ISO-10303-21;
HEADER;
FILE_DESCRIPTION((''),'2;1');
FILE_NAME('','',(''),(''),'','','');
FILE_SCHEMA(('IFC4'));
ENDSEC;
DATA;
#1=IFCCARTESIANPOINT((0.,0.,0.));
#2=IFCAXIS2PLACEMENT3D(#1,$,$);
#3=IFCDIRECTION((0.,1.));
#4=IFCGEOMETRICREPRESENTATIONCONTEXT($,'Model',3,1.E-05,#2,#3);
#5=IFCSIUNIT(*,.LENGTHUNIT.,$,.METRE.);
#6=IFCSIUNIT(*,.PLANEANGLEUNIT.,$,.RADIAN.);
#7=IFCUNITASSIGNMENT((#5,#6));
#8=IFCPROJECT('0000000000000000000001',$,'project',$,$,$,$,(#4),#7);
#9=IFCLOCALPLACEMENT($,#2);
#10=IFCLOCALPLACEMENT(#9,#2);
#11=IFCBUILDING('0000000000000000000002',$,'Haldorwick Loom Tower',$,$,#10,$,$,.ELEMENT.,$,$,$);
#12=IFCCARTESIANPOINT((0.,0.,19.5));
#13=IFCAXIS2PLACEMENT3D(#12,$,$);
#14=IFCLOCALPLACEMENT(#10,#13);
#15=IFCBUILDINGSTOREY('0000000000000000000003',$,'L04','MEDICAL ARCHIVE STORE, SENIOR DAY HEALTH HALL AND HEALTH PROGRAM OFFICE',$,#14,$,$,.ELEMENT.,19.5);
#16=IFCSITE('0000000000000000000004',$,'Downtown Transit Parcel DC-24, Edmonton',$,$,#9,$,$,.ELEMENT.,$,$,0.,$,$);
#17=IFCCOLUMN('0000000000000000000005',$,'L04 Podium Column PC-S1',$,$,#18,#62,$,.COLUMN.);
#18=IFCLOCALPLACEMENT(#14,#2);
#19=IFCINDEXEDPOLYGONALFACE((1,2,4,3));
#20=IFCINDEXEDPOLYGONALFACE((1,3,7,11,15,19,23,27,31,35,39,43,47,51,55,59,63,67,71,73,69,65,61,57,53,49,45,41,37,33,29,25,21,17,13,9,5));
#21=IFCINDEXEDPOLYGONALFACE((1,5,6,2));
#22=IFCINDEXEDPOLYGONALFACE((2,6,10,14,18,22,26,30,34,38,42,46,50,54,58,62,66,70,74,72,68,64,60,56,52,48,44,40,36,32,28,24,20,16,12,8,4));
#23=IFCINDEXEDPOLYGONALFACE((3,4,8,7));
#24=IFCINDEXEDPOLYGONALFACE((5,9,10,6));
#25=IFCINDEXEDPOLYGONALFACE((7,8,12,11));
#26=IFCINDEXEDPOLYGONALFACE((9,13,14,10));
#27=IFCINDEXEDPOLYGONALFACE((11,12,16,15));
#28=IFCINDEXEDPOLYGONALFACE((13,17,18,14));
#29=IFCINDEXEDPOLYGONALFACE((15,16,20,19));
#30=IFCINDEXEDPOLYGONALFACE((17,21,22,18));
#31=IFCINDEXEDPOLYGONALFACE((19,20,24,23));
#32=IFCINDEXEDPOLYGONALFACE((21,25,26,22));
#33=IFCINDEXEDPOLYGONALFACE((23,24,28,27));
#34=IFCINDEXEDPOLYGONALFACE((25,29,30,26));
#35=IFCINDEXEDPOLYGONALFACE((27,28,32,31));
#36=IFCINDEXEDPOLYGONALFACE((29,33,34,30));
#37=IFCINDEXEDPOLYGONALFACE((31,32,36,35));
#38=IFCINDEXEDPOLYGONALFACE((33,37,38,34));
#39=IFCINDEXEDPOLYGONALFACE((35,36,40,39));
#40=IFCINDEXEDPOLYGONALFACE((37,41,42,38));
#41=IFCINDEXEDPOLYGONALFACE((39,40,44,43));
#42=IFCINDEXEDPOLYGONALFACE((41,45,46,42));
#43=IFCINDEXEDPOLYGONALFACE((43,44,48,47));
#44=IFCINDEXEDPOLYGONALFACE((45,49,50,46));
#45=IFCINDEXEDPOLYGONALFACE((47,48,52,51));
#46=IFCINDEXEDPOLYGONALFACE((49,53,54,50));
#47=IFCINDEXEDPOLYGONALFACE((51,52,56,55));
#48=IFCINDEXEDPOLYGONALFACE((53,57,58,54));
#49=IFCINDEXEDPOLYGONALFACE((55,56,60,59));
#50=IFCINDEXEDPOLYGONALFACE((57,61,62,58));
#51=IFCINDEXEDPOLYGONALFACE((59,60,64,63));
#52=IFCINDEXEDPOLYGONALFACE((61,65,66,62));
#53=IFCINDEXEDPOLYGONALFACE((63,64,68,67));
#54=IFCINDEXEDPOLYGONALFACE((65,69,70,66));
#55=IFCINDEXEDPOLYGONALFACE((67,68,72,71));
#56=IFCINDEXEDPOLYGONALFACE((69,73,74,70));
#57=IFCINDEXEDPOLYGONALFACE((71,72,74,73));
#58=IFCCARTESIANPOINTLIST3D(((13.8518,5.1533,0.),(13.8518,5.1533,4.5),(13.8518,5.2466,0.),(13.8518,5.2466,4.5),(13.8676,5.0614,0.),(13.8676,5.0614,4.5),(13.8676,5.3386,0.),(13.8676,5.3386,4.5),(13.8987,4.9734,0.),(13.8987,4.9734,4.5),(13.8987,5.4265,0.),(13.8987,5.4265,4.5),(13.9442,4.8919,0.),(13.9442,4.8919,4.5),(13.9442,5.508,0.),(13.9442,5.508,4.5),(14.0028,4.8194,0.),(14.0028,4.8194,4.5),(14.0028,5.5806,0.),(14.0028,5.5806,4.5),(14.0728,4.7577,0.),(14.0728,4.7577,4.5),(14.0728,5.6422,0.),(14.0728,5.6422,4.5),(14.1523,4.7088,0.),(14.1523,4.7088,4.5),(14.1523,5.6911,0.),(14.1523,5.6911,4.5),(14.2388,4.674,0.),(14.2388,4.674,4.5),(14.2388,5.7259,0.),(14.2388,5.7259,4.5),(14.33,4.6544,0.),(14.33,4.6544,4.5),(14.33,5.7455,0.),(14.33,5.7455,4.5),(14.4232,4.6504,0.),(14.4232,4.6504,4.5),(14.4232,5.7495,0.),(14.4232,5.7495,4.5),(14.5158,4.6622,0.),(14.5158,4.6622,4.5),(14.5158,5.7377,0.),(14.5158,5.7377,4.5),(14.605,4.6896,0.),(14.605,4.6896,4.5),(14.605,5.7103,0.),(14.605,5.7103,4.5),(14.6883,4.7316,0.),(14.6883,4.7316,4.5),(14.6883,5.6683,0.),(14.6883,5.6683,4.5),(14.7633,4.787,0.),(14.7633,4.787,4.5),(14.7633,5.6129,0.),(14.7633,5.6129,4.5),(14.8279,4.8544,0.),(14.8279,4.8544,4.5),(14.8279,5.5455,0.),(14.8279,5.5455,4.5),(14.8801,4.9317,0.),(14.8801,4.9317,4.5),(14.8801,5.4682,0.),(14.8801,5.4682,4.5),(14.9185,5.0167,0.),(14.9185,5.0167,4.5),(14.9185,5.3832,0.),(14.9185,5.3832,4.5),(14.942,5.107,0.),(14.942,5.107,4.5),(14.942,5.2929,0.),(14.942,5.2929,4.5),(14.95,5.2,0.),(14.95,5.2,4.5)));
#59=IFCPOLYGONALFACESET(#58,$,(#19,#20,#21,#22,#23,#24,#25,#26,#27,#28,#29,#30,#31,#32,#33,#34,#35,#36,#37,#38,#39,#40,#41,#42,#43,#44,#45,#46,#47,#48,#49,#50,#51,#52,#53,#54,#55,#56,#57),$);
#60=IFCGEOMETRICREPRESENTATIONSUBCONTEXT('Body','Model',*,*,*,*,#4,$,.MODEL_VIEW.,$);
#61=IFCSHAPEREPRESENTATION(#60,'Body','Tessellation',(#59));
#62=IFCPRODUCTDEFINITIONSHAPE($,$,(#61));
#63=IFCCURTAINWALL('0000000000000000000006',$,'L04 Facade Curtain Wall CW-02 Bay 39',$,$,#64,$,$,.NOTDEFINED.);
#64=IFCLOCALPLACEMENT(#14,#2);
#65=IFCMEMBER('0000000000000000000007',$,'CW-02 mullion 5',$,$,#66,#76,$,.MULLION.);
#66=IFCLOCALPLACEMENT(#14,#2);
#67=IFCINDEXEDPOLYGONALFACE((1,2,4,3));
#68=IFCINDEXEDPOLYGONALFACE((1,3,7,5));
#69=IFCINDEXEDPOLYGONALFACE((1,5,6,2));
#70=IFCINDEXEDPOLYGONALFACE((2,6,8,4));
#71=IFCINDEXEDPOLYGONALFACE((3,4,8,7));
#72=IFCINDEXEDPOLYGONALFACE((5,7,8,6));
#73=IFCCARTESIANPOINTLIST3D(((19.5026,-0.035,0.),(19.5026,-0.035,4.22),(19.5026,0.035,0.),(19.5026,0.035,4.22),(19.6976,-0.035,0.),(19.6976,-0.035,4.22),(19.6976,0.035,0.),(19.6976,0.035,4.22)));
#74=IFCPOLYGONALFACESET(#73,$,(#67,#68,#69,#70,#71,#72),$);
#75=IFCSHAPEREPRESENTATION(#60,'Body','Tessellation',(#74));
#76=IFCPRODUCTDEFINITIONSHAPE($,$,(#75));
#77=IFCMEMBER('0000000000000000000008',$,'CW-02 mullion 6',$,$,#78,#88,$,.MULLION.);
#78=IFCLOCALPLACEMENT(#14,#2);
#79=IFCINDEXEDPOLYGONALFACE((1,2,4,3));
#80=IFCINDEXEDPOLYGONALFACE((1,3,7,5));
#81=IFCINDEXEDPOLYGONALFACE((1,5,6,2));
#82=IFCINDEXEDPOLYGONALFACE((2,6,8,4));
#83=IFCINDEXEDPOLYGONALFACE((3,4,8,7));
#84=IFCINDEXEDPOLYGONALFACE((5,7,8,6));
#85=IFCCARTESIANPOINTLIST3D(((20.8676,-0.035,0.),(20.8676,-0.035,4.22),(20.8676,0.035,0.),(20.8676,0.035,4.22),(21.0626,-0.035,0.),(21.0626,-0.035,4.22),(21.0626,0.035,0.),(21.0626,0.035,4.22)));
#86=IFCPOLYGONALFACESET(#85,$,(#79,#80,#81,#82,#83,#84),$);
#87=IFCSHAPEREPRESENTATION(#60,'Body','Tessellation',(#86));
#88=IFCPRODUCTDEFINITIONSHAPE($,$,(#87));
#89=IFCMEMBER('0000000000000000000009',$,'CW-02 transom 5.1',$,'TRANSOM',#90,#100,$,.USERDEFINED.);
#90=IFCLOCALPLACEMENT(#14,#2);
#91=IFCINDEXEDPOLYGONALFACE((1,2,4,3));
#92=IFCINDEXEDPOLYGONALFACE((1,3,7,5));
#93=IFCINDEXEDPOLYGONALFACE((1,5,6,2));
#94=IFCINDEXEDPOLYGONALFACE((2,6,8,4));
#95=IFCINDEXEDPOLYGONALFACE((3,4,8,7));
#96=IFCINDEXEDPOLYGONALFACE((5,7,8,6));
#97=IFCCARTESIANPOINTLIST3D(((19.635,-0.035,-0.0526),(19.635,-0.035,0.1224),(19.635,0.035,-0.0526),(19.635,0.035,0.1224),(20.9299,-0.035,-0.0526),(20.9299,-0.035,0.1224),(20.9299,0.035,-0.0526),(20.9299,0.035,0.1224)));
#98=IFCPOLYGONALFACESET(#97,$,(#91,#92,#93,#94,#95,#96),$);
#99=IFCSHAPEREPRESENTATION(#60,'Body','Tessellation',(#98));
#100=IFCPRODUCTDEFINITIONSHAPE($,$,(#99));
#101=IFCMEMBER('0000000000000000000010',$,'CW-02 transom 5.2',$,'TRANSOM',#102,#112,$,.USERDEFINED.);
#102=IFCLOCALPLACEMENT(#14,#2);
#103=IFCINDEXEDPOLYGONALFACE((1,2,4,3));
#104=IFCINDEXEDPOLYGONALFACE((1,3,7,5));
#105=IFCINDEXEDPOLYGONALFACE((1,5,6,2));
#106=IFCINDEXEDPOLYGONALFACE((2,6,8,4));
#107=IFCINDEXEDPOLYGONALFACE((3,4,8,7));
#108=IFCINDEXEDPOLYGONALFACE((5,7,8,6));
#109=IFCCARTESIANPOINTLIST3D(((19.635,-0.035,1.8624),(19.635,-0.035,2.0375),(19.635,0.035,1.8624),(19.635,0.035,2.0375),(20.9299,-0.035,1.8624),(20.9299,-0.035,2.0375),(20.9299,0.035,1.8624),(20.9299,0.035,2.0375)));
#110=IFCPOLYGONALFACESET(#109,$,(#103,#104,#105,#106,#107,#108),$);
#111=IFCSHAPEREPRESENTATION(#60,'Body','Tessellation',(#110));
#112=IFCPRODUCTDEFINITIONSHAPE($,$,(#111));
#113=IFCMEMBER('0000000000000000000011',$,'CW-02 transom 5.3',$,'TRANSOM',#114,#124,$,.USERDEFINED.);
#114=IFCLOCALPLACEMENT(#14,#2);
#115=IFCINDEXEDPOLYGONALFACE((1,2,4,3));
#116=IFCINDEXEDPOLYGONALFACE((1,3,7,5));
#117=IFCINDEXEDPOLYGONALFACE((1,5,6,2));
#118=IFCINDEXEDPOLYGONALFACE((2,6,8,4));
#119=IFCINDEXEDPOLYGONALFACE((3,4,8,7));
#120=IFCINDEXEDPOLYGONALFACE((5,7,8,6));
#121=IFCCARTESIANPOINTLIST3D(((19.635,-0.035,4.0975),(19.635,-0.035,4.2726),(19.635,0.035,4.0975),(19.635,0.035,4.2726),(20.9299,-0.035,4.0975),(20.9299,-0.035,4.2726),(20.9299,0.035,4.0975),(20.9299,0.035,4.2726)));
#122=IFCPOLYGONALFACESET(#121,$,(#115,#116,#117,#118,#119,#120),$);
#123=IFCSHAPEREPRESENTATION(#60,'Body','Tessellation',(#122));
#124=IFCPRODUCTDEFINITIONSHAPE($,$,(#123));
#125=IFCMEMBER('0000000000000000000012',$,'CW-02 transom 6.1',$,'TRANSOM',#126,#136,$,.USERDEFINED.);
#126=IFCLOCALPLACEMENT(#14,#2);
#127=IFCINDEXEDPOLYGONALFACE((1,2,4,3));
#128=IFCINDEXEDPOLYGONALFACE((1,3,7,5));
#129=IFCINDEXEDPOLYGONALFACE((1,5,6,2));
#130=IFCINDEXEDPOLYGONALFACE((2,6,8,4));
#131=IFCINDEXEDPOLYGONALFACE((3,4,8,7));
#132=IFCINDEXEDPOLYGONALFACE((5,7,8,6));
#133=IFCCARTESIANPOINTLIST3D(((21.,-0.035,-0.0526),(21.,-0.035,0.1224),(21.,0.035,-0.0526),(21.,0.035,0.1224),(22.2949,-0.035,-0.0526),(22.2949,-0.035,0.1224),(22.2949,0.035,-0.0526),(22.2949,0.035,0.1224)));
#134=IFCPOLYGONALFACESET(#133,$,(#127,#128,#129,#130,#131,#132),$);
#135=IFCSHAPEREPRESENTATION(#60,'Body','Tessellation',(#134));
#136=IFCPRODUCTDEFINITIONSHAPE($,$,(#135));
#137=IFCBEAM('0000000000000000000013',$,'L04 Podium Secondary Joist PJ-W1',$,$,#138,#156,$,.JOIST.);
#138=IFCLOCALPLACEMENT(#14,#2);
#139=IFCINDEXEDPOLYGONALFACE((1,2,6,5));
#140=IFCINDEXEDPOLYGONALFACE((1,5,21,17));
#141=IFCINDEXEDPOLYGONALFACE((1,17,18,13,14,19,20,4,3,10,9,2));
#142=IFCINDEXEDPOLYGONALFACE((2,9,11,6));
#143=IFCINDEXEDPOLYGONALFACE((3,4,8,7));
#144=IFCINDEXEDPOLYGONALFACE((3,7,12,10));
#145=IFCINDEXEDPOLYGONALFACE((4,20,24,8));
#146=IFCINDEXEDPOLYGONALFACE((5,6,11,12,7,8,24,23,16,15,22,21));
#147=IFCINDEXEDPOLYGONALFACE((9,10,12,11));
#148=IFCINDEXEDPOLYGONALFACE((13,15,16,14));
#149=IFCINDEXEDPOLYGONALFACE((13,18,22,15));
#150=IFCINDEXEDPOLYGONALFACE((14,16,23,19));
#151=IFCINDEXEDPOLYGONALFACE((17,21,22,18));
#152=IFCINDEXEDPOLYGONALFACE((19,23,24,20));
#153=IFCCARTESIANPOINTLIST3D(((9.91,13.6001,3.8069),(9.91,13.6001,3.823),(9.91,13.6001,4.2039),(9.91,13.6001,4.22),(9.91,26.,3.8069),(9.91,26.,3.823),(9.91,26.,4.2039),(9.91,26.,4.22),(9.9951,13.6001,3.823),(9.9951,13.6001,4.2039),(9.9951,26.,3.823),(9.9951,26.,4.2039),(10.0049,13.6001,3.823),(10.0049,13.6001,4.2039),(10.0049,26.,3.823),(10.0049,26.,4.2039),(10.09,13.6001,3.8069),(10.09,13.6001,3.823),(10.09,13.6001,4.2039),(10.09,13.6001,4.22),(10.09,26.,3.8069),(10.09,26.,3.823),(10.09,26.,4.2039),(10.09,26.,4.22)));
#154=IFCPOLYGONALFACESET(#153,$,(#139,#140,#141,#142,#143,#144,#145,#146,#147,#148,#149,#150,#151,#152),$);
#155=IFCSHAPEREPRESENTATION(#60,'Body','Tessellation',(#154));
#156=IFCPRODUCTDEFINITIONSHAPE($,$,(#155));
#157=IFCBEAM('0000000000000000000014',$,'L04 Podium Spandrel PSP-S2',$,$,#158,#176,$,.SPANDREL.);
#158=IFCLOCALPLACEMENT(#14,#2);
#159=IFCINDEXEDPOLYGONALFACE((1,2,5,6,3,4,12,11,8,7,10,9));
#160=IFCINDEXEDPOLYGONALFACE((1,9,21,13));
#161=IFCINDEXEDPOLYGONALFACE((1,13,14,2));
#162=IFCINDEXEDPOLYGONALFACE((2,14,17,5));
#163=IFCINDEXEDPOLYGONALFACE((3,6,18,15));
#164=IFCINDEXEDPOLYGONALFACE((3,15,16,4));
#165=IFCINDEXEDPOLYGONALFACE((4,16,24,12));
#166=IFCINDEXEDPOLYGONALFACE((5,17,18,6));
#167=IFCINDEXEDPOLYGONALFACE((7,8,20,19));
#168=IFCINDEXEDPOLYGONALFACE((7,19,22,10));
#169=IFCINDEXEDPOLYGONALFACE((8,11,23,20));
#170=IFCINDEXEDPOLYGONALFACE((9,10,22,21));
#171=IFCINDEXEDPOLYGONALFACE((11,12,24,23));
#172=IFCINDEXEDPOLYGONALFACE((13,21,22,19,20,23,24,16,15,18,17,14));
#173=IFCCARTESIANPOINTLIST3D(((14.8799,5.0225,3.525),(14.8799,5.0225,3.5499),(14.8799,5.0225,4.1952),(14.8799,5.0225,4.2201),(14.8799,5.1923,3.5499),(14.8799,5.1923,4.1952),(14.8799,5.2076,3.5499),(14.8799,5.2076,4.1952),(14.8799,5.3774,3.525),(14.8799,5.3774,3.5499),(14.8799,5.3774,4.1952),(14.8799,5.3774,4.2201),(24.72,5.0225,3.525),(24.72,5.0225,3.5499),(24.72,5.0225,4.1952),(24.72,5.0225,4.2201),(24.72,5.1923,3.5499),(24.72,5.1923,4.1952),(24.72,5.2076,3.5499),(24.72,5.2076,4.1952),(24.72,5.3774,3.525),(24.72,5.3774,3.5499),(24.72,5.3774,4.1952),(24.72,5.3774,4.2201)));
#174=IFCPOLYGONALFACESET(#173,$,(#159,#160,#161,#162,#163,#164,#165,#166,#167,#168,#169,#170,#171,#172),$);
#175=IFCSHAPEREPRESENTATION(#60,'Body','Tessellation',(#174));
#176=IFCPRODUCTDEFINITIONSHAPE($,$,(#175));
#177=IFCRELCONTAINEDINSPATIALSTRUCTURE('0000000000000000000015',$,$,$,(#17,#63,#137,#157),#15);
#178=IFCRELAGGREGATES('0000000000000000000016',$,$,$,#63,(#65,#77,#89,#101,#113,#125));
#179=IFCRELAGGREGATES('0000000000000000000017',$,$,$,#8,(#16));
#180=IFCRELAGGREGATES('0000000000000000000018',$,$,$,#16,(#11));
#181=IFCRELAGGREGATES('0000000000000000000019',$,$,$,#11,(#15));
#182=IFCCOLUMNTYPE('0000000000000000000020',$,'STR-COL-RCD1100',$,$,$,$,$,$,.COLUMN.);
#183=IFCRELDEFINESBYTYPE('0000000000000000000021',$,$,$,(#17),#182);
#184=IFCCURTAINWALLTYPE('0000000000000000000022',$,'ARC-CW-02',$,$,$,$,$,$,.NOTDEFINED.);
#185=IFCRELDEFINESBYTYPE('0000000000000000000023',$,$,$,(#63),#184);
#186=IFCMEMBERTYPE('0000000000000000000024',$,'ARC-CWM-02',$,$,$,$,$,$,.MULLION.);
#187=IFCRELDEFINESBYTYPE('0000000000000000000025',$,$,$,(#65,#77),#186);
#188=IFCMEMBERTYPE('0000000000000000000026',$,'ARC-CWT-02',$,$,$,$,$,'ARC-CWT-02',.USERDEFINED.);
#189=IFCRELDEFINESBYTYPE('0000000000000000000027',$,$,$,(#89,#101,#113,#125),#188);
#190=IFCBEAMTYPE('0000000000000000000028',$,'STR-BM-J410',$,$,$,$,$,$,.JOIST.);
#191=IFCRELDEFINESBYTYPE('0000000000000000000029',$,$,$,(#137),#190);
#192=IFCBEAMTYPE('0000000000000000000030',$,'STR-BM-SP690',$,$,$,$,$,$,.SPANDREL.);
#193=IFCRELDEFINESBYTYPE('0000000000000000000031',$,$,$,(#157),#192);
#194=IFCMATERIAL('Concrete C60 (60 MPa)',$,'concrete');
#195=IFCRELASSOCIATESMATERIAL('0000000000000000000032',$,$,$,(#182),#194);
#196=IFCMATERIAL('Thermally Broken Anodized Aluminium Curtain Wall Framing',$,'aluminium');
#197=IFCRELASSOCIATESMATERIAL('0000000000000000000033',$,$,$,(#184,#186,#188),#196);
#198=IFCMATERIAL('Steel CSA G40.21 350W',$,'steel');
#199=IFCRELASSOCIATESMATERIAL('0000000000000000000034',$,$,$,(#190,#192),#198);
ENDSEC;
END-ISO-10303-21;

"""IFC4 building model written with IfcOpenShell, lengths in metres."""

from ifc_helpers import new_model, si_unit, direction, frame, origin, origin_2d, place, context, subcontext, project, spatial, rectangle, circle, i_section, extrude, material, material_profile, profile_set, type_object, element, aggregate, save


model = new_model("IFC4")

# Units and contexts
model_context = context("Model", 3, precision=1e-05, world=origin(), true_north=direction((0.0, 1.0)))
body_context = subcontext(model_context, "Body", "Model", "MODEL_VIEW")
ifc_project = project(units=[si_unit("LENGTHUNIT", "METRE"), si_unit("PLANEANGLEUNIT", "RADIAN")], contexts=[model_context])

# Site, building, storey
site_placement = place(None, origin())
site = spatial("IfcSite", under=ifc_project, at=site_placement, Name="Downtown Transit Parcel DC-24, Edmonton", CompositionType="ELEMENT", RefElevation=0.0)
building_placement = place(site_placement, origin())
building = spatial("IfcBuilding", under=site, at=building_placement, Name="Haldorwick Loom Tower", CompositionType="ELEMENT")
storey_placement = place(building_placement, frame((0.0, 0.0, 19.5)))
storey = spatial("IfcBuildingStorey", under=building, at=storey_placement, Name="L04", Description="MEDICAL ARCHIVE STORE, SENIOR DAY HEALTH HALL AND HEALTH PROGRAM OFFICE", CompositionType="ELEMENT", Elevation=19.5)

# Column
ifc_material_1 = material(Name="Concrete C60 (60 MPa)", Category="concrete")
ifc_material_profile_1 = material_profile(ifc_material_1, circle(Radius=0.55, at=origin_2d()), Name="RCD1100", Category="concrete")
ifc_profile_set_1 = profile_set([ifc_material_profile_1], Name="Concrete C60 (60 MPa)")
column_type = type_object("IfcColumnType", Name="STR-COL-RCD1100", PredefinedType="COLUMN", material=ifc_profile_set_1)
column_placement = place(storey_placement, frame((14.3999, 5.2, 0.0), z_axis=(0.0, 0.0, 1.0), x_axis=(1.0, 0.0, 0.0)))
element("IfcColumn", 1, at=column_placement, inside=storey, type_object=column_type, Name="L04 Podium Column PC-S1", PredefinedType="COLUMN", context=body_context, shape_type="SweptSolid", body=[
    extrude(circle(Radius=0.55, at=origin_2d()), origin(), (0.0, 0.0, 1.0), 4.5),
])

# Curtain wall, members
ifc_material_2 = material(Name="Thermally Broken Anodized Aluminium Curtain Wall Framing", Category="aluminium")
curtain_wall_type = type_object("IfcCurtainWallType", Name="ARC-CW-02", PredefinedType="NOTDEFINED", material=ifc_material_2)
curtain_wall_placement = place(storey_placement, origin())
curtain_wall = element("IfcCurtainWall", 2, at=curtain_wall_placement, inside=storey, type_object=curtain_wall_type, Name="L04 Facade Curtain Wall CW-02 Bay 39", PredefinedType="NOTDEFINED")
ifc_material_profile_2 = material_profile(ifc_material_2, rectangle(XDim=0.0701, YDim=0.1951, at=origin_2d()), Name="ALU_MUL_70X195", Category="aluminium")
ifc_profile_set_2 = profile_set([ifc_material_profile_2], Name="Thermally Broken Anodized Aluminium Curtain Wall Framing")
member_type_1 = type_object("IfcMemberType", Name="ARC-CWM-02", PredefinedType="MULLION", material=ifc_profile_set_2)
member_1_placement = place(storey_placement, frame((19.6001, 0.0, 0.0), z_axis=(0.0, 0.0, 1.0), x_axis=(0.0, 1.0, 0.0)))
member_1 = element("IfcMember", 3, at=member_1_placement, type_object=member_type_1, Name="CW-02 mullion 5", PredefinedType="MULLION", context=body_context, shape_type="SweptSolid", body=[
    extrude(rectangle(XDim=0.0701, YDim=0.1951, at=origin_2d()), origin(), (0.0, 0.0, 1.0), 4.22),
])
member_2_placement = place(storey_placement, frame((20.9651, 0.0, 0.0), z_axis=(0.0, 0.0, 1.0), x_axis=(0.0, 1.0, 0.0)))
member_2 = element("IfcMember", 4, at=member_2_placement, type_object=member_type_1, Name="CW-02 mullion 6", PredefinedType="MULLION", context=body_context, shape_type="SweptSolid", body=[
    extrude(rectangle(XDim=0.0701, YDim=0.1951, at=origin_2d()), origin(), (0.0, 0.0, 1.0), 4.22),
])
ifc_material_profile_3 = material_profile(ifc_material_2, rectangle(XDim=0.0701, YDim=0.175, at=origin_2d()), Name="ALU_TRN_70X175", Category="aluminium")
ifc_profile_set_3 = profile_set([ifc_material_profile_3], Name="Thermally Broken Anodized Aluminium Curtain Wall Framing")
member_type_2 = type_object("IfcMemberType", Name="ARC-CWT-02", ElementType="ARC-CWT-02", PredefinedType="USERDEFINED", material=ifc_profile_set_3)
member_3_placement = place(storey_placement, frame((19.635, 0.0, 0.0349), z_axis=(1.0, 0.0, 0.0), x_axis=(0.0, 1.0, 0.0)))
member_3 = element("IfcMember", 5, at=member_3_placement, type_object=member_type_2, Name="CW-02 transom 5.1", ObjectType="TRANSOM", PredefinedType="USERDEFINED", context=body_context, shape_type="SweptSolid", body=[
    extrude(rectangle(XDim=0.0701, YDim=0.175, at=origin_2d()), origin(), (0.0, 0.0, 1.0), 1.2949),
])
member_4_placement = place(storey_placement, frame((19.635, 0.0, 1.95), z_axis=(1.0, 0.0, 0.0), x_axis=(0.0, 1.0, 0.0)))
member_4 = element("IfcMember", 6, at=member_4_placement, type_object=member_type_2, Name="CW-02 transom 5.2", ObjectType="TRANSOM", PredefinedType="USERDEFINED", context=body_context, shape_type="SweptSolid", body=[
    extrude(rectangle(XDim=0.0701, YDim=0.175, at=origin_2d()), origin(), (0.0, 0.0, 1.0), 1.2949),
])
member_5_placement = place(storey_placement, frame((19.635, 0.0, 4.1851), z_axis=(1.0, 0.0, 0.0), x_axis=(0.0, 1.0, 0.0)))
member_5 = element("IfcMember", 7, at=member_5_placement, type_object=member_type_2, Name="CW-02 transom 5.3", ObjectType="TRANSOM", PredefinedType="USERDEFINED", context=body_context, shape_type="SweptSolid", body=[
    extrude(rectangle(XDim=0.0701, YDim=0.175, at=origin_2d()), origin(), (0.0, 0.0, 1.0), 1.2949),
])
member_6_placement = place(storey_placement, frame((21.0, 0.0, 0.0349), z_axis=(1.0, 0.0, 0.0), x_axis=(0.0, 1.0, 0.0)))
member_6 = element("IfcMember", 8, at=member_6_placement, type_object=member_type_2, Name="CW-02 transom 6.1", ObjectType="TRANSOM", PredefinedType="USERDEFINED", context=body_context, shape_type="SweptSolid", body=[
    extrude(rectangle(XDim=0.0701, YDim=0.175, at=origin_2d()), origin(), (0.0, 0.0, 1.0), 1.2949),
])

# Beams
ifc_material_3 = material(Name="Steel CSA G40.21 350W", Category="steel")
ifc_material_profile_4 = material_profile(ifc_material_3, i_section(OverallWidth=0.1799, OverallDepth=0.4131, WebThickness=0.0098, FlangeThickness=0.0161, at=origin_2d()), Name="W410X74", Category="steel")
ifc_profile_set_4 = profile_set([ifc_material_profile_4], Name="Steel CSA G40.21 350W")
beam_type_1 = type_object("IfcBeamType", Name="STR-BM-J410", PredefinedType="JOIST", material=ifc_profile_set_4)
beam_1_placement = place(storey_placement, frame((10.0, 13.6001, 4.0134), z_axis=(0.0, 1.0, 0.0), x_axis=(-1.0, 0.0, 0.0)))
element("IfcBeam", 9, at=beam_1_placement, inside=storey, type_object=beam_type_1, Name="L04 Podium Secondary Joist PJ-W1", PredefinedType="JOIST", context=body_context, shape_type="SweptSolid", body=[
    extrude(i_section(OverallWidth=0.1799, OverallDepth=0.4131, WebThickness=0.0098, FlangeThickness=0.0161, at=origin_2d()), origin(), (0.0, 0.0, 1.0), 12.3999),
])
ifc_material_profile_5 = material_profile(ifc_material_3, i_section(OverallWidth=0.355, OverallDepth=0.6951, WebThickness=0.0154, FlangeThickness=0.0249, at=origin_2d()), Name="W690X217", Category="steel")
ifc_profile_set_5 = profile_set([ifc_material_profile_5], Name="Steel CSA G40.21 350W")
beam_type_2 = type_object("IfcBeamType", Name="STR-BM-SP690", PredefinedType="SPANDREL", material=ifc_profile_set_5)
beam_2_placement = place(storey_placement, frame((14.8799, 5.2, 3.8726), z_axis=(1.0, 0.0, 0.0), x_axis=(0.0, 1.0, 0.0)))
element("IfcBeam", 10, at=beam_2_placement, inside=storey, type_object=beam_type_2, Name="L04 Podium Spandrel PSP-S2", PredefinedType="SPANDREL", context=body_context, shape_type="SweptSolid", body=[
    extrude(i_section(OverallWidth=0.355, OverallDepth=0.6951, WebThickness=0.0154, FlangeThickness=0.0249, at=origin_2d()), origin(), (0.0, 0.0, 1.0), 9.8401),
])

aggregate(curtain_wall, [member_1, member_2, member_3, member_4, member_5, member_6])

save(model, "model.ifc")
